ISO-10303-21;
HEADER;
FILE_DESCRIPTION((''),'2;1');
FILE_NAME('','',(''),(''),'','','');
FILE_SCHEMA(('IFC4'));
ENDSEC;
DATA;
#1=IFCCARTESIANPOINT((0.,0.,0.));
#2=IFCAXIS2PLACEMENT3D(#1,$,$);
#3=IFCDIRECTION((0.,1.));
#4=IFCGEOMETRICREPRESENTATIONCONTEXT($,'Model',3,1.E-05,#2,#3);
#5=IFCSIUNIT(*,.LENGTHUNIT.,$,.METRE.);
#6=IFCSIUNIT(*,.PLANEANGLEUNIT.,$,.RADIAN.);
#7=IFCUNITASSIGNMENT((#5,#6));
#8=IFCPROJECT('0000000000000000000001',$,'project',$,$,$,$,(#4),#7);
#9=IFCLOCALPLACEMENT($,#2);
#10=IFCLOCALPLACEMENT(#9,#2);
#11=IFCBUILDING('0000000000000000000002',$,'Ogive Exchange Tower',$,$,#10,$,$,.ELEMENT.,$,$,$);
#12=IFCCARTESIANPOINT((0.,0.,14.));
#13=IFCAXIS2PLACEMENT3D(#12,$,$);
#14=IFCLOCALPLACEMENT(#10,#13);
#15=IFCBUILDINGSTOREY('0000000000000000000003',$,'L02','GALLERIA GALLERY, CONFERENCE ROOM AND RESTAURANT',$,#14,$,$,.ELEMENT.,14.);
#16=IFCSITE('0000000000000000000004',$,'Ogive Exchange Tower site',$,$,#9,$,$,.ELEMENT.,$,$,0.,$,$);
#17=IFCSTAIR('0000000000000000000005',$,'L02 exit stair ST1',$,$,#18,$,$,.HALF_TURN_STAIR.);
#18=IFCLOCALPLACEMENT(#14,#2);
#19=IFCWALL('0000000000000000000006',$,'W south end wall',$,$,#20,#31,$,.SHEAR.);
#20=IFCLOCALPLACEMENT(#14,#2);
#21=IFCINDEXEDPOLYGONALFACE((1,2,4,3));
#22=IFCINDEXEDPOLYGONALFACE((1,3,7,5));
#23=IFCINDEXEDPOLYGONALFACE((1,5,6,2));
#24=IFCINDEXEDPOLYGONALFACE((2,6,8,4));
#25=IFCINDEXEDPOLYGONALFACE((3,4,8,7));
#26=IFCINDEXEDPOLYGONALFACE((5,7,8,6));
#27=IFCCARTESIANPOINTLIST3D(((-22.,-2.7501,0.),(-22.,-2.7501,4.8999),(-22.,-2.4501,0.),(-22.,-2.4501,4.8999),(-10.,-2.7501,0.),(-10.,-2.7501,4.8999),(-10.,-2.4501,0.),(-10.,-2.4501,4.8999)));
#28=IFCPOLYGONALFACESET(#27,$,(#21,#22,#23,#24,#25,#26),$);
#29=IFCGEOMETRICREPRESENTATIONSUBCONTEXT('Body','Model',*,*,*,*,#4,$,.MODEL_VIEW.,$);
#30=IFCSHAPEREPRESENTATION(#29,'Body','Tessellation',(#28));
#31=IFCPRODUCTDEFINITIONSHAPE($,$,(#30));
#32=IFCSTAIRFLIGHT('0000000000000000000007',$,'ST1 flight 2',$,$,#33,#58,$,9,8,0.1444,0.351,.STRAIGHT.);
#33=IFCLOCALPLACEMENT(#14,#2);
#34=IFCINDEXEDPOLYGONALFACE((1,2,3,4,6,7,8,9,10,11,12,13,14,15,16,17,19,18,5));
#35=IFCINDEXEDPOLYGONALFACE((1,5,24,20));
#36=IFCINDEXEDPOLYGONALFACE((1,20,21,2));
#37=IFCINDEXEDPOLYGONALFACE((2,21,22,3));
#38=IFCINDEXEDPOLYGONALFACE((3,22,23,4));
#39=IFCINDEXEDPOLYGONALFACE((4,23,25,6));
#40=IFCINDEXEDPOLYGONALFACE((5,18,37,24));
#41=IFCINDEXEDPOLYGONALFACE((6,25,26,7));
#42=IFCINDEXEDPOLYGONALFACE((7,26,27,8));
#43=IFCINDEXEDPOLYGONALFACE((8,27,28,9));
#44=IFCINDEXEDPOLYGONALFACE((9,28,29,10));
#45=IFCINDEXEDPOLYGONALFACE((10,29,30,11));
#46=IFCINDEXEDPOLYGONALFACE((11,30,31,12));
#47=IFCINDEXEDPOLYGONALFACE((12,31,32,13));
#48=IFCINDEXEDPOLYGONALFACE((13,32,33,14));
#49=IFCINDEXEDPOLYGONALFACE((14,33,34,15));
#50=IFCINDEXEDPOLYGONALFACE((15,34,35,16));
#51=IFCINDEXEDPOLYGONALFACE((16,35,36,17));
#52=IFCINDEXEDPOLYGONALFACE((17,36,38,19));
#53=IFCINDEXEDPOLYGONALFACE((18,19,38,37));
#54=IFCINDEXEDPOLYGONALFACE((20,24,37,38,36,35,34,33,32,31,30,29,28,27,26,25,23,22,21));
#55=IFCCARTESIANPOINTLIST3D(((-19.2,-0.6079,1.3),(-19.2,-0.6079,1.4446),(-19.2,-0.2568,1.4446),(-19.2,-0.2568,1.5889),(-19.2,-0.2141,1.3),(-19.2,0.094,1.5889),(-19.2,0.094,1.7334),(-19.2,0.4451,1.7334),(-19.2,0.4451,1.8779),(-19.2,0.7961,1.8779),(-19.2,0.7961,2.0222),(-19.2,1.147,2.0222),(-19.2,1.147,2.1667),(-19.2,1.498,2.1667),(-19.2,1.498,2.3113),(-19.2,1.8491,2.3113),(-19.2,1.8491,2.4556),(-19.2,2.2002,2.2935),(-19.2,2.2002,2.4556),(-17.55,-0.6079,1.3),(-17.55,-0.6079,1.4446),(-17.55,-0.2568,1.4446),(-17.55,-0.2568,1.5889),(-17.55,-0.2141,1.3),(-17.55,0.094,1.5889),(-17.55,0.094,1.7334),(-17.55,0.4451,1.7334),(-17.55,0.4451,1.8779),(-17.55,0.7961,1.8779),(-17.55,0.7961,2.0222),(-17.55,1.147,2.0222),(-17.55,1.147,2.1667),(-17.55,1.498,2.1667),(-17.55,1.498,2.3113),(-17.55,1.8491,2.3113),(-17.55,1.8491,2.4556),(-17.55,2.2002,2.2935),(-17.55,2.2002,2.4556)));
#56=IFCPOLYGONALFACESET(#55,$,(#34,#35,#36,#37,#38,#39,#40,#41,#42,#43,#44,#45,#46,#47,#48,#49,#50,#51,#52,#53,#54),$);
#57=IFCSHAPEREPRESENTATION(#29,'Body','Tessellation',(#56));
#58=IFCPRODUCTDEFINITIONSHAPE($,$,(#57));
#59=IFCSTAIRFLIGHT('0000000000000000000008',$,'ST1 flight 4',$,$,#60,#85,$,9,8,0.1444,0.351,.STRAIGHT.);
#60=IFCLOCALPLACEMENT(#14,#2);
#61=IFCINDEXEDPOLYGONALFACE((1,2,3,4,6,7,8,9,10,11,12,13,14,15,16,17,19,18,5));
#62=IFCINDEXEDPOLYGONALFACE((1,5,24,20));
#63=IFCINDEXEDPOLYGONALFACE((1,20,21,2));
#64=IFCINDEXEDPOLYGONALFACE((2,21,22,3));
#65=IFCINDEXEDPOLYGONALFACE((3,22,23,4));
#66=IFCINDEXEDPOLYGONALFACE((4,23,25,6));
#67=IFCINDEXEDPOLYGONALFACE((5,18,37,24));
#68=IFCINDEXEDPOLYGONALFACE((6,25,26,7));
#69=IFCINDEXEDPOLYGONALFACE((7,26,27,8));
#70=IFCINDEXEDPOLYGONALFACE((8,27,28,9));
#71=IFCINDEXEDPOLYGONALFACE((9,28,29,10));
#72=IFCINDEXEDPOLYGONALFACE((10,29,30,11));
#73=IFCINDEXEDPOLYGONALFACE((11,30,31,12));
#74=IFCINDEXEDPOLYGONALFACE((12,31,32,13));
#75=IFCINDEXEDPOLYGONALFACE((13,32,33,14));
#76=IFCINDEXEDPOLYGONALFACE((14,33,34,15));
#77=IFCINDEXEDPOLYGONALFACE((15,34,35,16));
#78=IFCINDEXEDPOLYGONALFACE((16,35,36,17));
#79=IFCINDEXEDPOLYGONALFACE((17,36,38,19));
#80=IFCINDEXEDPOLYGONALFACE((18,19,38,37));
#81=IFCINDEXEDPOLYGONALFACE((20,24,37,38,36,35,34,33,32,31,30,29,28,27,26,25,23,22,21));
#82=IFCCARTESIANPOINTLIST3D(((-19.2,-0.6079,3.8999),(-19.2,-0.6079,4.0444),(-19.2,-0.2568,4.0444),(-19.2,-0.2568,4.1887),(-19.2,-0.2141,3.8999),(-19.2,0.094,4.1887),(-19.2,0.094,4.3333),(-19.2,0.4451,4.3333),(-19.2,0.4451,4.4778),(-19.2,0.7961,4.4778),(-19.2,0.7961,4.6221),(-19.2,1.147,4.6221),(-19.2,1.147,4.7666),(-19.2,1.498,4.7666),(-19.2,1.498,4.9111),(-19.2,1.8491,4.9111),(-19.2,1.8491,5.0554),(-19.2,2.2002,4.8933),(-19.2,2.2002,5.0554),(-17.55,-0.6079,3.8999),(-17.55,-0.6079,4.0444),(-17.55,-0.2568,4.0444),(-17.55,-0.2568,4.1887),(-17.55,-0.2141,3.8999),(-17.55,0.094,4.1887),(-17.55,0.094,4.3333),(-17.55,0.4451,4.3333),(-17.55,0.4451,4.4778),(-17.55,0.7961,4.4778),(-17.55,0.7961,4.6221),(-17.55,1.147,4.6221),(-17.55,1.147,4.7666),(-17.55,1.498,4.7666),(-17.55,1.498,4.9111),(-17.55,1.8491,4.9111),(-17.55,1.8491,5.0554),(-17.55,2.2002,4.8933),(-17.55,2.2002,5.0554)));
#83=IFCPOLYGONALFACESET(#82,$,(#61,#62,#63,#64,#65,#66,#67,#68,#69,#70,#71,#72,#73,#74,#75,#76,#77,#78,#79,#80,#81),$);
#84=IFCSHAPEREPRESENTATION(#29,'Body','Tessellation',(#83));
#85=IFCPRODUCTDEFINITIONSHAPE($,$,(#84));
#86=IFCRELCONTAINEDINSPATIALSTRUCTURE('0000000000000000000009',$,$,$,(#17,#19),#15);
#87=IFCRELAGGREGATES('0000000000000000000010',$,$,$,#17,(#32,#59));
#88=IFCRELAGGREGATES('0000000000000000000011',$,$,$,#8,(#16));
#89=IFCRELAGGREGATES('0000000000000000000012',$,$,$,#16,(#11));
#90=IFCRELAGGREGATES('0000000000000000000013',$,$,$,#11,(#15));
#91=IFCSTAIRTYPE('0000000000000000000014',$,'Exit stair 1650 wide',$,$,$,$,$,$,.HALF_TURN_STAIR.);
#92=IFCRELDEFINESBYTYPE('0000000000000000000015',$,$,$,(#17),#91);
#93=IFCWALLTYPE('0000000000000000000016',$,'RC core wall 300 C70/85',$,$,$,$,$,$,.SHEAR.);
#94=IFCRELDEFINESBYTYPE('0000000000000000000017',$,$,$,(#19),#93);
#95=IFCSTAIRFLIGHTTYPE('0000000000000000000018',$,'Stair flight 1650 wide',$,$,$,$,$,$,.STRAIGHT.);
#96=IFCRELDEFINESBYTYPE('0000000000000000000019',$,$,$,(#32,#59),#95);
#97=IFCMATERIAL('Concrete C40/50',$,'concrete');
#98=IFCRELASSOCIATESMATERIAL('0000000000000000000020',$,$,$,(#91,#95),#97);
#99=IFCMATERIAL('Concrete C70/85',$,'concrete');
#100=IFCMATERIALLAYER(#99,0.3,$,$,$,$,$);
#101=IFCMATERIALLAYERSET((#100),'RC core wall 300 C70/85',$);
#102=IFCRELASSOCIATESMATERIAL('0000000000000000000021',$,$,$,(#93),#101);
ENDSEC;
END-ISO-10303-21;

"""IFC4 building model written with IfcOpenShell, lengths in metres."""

from ifc_helpers import new_model, si_unit, direction, frame, frame_2d, origin, place, context, subcontext, project, spatial, polyline, rectangle, outline, extrude, material, layer, layer_set, type_object, element, aggregate, save


model = new_model("IFC4")

# Units and contexts
model_context = context("Model", 3, precision=1e-05, world=origin(), true_north=direction((0.0, 1.0)))
body_context = subcontext(model_context, "Body", "Model", "MODEL_VIEW")
ifc_project = project(units=[si_unit("LENGTHUNIT", "METRE"), si_unit("PLANEANGLEUNIT", "RADIAN")], contexts=[model_context])

# Site, building, storey
site_placement = place(None, origin())
site = spatial("IfcSite", under=ifc_project, at=site_placement, Name="Ogive Exchange Tower site", CompositionType="ELEMENT", RefElevation=0.0)
building_placement = place(site_placement, origin())
building = spatial("IfcBuilding", under=site, at=building_placement, Name="Ogive Exchange Tower", CompositionType="ELEMENT")
storey_placement = place(building_placement, frame((0.0, 0.0, 14.0)))
storey = spatial("IfcBuildingStorey", under=building, at=storey_placement, Name="L02", Description="GALLERIA GALLERY, CONFERENCE ROOM AND RESTAURANT", CompositionType="ELEMENT", Elevation=14.0)

# Shared definitions
ifc_material_1 = material(Name="Concrete C70/85", Category="concrete")

# Stair
ifc_material_2 = material(Name="Concrete C40/50", Category="concrete")
stair_type = type_object("IfcStairType", Name="Exit stair 1650 wide", PredefinedType="HALF_TURN_STAIR", material=ifc_material_2)
stair_placement = place(storey_placement, origin())
stair = element("IfcStair", 1, at=stair_placement, inside=storey, type_object=stair_type, Name="L02 exit stair ST1", PredefinedType="HALF_TURN_STAIR")

# Wall
ifc_layer_1 = layer(ifc_material_1, 0.3)
ifc_layer_set_1 = layer_set([ifc_layer_1], Name="RC core wall 300 C70/85")
wall_type_1 = type_object("IfcWallType", Name="RC core wall 300 C70/85", PredefinedType="SHEAR", material=ifc_layer_set_1)
wall_1_placement = place(storey_placement, frame((-22.0, -2.6001, 0.0), z_axis=(0.0, 0.0, 1.0), x_axis=(1.0, 0.0, 0.0)))
element("IfcWall", 2, at=wall_1_placement, inside=storey, type_object=wall_type_1, Name="W south end wall", PredefinedType="SHEAR", context=body_context, shape_type="SweptSolid", body=[
    extrude(rectangle(XDim=12.0, YDim=0.3, at=frame_2d((6.0, 0.0))), origin(), (0.0, 0.0, 1.0), 4.8999),
])

# Stair flights
stair_flight_type = type_object("IfcStairFlightType", Name="Stair flight 1650 wide", PredefinedType="STRAIGHT", material=ifc_material_2)
stair_flight_1_placement = place(storey_placement, frame((-18.375, -0.6079, 1.3), z_axis=(0.0, 0.0, 1.0), x_axis=(0.0, 1.0, 0.0)))
stair_flight_1 = element("IfcStairFlight", 3, at=stair_flight_1_placement, type_object=stair_flight_type, Name="ST1 flight 2", NumberOfRisers=9, NumberOfTreads=8, PredefinedType="STRAIGHT", RiserHeight=0.1444, TreadLength=0.351, context=body_context, shape_type="SweptSolid", body=[
    extrude(outline(polyline([(0.0, 0.0), (0.0, 0.1445), (0.3511, 0.1445), (0.3511, 0.2888), (0.7019, 0.2888), (0.7019, 0.4333), (1.053, 0.4333), (1.053, 0.5779), (1.4041, 0.5779), (1.4041, 0.7222), (1.7549, 0.7222), (1.7549, 0.8667), (2.106, 0.8667), (2.106, 1.0112), (2.457, 1.0112), (2.457, 1.1555), (2.8081, 1.1555), (2.8081, 1.3), (2.8081, 0.9934), (0.3938, 0.0), (0.0, 0.0)])), frame((0.0, 0.825, 0.0), z_axis=(0.0, -1.0, 0.0), x_axis=(1.0, 0.0, 0.0)), (0.0, 0.0, 1.0), 1.6499),
])
stair_flight_2_placement = place(storey_placement, frame((-18.375, -0.6079, 3.8999), z_axis=(0.0, 0.0, 1.0), x_axis=(0.0, 1.0, 0.0)))
stair_flight_2 = element("IfcStairFlight", 4, at=stair_flight_2_placement, type_object=stair_flight_type, Name="ST1 flight 4", NumberOfRisers=9, NumberOfTreads=8, PredefinedType="STRAIGHT", RiserHeight=0.1444, TreadLength=0.351, context=body_context, shape_type="SweptSolid", body=[
    extrude(outline(polyline([(0.0, 0.0), (0.0, 0.1445), (0.3511, 0.1445), (0.3511, 0.2888), (0.7019, 0.2888), (0.7019, 0.4333), (1.053, 0.4333), (1.053, 0.5779), (1.4041, 0.5779), (1.4041, 0.7222), (1.7549, 0.7222), (1.7549, 0.8667), (2.106, 0.8667), (2.106, 1.0112), (2.457, 1.0112), (2.457, 1.1555), (2.8081, 1.1555), (2.8081, 1.3), (2.8081, 0.9934), (0.3938, 0.0), (0.0, 0.0)])), frame((0.0, 0.825, 0.0), z_axis=(0.0, -1.0, 0.0), x_axis=(1.0, 0.0, 0.0)), (0.0, 0.0, 1.0), 1.6499),
])
aggregate(stair, [stair_flight_1, stair_flight_2])

save(model, "model.ifc")
